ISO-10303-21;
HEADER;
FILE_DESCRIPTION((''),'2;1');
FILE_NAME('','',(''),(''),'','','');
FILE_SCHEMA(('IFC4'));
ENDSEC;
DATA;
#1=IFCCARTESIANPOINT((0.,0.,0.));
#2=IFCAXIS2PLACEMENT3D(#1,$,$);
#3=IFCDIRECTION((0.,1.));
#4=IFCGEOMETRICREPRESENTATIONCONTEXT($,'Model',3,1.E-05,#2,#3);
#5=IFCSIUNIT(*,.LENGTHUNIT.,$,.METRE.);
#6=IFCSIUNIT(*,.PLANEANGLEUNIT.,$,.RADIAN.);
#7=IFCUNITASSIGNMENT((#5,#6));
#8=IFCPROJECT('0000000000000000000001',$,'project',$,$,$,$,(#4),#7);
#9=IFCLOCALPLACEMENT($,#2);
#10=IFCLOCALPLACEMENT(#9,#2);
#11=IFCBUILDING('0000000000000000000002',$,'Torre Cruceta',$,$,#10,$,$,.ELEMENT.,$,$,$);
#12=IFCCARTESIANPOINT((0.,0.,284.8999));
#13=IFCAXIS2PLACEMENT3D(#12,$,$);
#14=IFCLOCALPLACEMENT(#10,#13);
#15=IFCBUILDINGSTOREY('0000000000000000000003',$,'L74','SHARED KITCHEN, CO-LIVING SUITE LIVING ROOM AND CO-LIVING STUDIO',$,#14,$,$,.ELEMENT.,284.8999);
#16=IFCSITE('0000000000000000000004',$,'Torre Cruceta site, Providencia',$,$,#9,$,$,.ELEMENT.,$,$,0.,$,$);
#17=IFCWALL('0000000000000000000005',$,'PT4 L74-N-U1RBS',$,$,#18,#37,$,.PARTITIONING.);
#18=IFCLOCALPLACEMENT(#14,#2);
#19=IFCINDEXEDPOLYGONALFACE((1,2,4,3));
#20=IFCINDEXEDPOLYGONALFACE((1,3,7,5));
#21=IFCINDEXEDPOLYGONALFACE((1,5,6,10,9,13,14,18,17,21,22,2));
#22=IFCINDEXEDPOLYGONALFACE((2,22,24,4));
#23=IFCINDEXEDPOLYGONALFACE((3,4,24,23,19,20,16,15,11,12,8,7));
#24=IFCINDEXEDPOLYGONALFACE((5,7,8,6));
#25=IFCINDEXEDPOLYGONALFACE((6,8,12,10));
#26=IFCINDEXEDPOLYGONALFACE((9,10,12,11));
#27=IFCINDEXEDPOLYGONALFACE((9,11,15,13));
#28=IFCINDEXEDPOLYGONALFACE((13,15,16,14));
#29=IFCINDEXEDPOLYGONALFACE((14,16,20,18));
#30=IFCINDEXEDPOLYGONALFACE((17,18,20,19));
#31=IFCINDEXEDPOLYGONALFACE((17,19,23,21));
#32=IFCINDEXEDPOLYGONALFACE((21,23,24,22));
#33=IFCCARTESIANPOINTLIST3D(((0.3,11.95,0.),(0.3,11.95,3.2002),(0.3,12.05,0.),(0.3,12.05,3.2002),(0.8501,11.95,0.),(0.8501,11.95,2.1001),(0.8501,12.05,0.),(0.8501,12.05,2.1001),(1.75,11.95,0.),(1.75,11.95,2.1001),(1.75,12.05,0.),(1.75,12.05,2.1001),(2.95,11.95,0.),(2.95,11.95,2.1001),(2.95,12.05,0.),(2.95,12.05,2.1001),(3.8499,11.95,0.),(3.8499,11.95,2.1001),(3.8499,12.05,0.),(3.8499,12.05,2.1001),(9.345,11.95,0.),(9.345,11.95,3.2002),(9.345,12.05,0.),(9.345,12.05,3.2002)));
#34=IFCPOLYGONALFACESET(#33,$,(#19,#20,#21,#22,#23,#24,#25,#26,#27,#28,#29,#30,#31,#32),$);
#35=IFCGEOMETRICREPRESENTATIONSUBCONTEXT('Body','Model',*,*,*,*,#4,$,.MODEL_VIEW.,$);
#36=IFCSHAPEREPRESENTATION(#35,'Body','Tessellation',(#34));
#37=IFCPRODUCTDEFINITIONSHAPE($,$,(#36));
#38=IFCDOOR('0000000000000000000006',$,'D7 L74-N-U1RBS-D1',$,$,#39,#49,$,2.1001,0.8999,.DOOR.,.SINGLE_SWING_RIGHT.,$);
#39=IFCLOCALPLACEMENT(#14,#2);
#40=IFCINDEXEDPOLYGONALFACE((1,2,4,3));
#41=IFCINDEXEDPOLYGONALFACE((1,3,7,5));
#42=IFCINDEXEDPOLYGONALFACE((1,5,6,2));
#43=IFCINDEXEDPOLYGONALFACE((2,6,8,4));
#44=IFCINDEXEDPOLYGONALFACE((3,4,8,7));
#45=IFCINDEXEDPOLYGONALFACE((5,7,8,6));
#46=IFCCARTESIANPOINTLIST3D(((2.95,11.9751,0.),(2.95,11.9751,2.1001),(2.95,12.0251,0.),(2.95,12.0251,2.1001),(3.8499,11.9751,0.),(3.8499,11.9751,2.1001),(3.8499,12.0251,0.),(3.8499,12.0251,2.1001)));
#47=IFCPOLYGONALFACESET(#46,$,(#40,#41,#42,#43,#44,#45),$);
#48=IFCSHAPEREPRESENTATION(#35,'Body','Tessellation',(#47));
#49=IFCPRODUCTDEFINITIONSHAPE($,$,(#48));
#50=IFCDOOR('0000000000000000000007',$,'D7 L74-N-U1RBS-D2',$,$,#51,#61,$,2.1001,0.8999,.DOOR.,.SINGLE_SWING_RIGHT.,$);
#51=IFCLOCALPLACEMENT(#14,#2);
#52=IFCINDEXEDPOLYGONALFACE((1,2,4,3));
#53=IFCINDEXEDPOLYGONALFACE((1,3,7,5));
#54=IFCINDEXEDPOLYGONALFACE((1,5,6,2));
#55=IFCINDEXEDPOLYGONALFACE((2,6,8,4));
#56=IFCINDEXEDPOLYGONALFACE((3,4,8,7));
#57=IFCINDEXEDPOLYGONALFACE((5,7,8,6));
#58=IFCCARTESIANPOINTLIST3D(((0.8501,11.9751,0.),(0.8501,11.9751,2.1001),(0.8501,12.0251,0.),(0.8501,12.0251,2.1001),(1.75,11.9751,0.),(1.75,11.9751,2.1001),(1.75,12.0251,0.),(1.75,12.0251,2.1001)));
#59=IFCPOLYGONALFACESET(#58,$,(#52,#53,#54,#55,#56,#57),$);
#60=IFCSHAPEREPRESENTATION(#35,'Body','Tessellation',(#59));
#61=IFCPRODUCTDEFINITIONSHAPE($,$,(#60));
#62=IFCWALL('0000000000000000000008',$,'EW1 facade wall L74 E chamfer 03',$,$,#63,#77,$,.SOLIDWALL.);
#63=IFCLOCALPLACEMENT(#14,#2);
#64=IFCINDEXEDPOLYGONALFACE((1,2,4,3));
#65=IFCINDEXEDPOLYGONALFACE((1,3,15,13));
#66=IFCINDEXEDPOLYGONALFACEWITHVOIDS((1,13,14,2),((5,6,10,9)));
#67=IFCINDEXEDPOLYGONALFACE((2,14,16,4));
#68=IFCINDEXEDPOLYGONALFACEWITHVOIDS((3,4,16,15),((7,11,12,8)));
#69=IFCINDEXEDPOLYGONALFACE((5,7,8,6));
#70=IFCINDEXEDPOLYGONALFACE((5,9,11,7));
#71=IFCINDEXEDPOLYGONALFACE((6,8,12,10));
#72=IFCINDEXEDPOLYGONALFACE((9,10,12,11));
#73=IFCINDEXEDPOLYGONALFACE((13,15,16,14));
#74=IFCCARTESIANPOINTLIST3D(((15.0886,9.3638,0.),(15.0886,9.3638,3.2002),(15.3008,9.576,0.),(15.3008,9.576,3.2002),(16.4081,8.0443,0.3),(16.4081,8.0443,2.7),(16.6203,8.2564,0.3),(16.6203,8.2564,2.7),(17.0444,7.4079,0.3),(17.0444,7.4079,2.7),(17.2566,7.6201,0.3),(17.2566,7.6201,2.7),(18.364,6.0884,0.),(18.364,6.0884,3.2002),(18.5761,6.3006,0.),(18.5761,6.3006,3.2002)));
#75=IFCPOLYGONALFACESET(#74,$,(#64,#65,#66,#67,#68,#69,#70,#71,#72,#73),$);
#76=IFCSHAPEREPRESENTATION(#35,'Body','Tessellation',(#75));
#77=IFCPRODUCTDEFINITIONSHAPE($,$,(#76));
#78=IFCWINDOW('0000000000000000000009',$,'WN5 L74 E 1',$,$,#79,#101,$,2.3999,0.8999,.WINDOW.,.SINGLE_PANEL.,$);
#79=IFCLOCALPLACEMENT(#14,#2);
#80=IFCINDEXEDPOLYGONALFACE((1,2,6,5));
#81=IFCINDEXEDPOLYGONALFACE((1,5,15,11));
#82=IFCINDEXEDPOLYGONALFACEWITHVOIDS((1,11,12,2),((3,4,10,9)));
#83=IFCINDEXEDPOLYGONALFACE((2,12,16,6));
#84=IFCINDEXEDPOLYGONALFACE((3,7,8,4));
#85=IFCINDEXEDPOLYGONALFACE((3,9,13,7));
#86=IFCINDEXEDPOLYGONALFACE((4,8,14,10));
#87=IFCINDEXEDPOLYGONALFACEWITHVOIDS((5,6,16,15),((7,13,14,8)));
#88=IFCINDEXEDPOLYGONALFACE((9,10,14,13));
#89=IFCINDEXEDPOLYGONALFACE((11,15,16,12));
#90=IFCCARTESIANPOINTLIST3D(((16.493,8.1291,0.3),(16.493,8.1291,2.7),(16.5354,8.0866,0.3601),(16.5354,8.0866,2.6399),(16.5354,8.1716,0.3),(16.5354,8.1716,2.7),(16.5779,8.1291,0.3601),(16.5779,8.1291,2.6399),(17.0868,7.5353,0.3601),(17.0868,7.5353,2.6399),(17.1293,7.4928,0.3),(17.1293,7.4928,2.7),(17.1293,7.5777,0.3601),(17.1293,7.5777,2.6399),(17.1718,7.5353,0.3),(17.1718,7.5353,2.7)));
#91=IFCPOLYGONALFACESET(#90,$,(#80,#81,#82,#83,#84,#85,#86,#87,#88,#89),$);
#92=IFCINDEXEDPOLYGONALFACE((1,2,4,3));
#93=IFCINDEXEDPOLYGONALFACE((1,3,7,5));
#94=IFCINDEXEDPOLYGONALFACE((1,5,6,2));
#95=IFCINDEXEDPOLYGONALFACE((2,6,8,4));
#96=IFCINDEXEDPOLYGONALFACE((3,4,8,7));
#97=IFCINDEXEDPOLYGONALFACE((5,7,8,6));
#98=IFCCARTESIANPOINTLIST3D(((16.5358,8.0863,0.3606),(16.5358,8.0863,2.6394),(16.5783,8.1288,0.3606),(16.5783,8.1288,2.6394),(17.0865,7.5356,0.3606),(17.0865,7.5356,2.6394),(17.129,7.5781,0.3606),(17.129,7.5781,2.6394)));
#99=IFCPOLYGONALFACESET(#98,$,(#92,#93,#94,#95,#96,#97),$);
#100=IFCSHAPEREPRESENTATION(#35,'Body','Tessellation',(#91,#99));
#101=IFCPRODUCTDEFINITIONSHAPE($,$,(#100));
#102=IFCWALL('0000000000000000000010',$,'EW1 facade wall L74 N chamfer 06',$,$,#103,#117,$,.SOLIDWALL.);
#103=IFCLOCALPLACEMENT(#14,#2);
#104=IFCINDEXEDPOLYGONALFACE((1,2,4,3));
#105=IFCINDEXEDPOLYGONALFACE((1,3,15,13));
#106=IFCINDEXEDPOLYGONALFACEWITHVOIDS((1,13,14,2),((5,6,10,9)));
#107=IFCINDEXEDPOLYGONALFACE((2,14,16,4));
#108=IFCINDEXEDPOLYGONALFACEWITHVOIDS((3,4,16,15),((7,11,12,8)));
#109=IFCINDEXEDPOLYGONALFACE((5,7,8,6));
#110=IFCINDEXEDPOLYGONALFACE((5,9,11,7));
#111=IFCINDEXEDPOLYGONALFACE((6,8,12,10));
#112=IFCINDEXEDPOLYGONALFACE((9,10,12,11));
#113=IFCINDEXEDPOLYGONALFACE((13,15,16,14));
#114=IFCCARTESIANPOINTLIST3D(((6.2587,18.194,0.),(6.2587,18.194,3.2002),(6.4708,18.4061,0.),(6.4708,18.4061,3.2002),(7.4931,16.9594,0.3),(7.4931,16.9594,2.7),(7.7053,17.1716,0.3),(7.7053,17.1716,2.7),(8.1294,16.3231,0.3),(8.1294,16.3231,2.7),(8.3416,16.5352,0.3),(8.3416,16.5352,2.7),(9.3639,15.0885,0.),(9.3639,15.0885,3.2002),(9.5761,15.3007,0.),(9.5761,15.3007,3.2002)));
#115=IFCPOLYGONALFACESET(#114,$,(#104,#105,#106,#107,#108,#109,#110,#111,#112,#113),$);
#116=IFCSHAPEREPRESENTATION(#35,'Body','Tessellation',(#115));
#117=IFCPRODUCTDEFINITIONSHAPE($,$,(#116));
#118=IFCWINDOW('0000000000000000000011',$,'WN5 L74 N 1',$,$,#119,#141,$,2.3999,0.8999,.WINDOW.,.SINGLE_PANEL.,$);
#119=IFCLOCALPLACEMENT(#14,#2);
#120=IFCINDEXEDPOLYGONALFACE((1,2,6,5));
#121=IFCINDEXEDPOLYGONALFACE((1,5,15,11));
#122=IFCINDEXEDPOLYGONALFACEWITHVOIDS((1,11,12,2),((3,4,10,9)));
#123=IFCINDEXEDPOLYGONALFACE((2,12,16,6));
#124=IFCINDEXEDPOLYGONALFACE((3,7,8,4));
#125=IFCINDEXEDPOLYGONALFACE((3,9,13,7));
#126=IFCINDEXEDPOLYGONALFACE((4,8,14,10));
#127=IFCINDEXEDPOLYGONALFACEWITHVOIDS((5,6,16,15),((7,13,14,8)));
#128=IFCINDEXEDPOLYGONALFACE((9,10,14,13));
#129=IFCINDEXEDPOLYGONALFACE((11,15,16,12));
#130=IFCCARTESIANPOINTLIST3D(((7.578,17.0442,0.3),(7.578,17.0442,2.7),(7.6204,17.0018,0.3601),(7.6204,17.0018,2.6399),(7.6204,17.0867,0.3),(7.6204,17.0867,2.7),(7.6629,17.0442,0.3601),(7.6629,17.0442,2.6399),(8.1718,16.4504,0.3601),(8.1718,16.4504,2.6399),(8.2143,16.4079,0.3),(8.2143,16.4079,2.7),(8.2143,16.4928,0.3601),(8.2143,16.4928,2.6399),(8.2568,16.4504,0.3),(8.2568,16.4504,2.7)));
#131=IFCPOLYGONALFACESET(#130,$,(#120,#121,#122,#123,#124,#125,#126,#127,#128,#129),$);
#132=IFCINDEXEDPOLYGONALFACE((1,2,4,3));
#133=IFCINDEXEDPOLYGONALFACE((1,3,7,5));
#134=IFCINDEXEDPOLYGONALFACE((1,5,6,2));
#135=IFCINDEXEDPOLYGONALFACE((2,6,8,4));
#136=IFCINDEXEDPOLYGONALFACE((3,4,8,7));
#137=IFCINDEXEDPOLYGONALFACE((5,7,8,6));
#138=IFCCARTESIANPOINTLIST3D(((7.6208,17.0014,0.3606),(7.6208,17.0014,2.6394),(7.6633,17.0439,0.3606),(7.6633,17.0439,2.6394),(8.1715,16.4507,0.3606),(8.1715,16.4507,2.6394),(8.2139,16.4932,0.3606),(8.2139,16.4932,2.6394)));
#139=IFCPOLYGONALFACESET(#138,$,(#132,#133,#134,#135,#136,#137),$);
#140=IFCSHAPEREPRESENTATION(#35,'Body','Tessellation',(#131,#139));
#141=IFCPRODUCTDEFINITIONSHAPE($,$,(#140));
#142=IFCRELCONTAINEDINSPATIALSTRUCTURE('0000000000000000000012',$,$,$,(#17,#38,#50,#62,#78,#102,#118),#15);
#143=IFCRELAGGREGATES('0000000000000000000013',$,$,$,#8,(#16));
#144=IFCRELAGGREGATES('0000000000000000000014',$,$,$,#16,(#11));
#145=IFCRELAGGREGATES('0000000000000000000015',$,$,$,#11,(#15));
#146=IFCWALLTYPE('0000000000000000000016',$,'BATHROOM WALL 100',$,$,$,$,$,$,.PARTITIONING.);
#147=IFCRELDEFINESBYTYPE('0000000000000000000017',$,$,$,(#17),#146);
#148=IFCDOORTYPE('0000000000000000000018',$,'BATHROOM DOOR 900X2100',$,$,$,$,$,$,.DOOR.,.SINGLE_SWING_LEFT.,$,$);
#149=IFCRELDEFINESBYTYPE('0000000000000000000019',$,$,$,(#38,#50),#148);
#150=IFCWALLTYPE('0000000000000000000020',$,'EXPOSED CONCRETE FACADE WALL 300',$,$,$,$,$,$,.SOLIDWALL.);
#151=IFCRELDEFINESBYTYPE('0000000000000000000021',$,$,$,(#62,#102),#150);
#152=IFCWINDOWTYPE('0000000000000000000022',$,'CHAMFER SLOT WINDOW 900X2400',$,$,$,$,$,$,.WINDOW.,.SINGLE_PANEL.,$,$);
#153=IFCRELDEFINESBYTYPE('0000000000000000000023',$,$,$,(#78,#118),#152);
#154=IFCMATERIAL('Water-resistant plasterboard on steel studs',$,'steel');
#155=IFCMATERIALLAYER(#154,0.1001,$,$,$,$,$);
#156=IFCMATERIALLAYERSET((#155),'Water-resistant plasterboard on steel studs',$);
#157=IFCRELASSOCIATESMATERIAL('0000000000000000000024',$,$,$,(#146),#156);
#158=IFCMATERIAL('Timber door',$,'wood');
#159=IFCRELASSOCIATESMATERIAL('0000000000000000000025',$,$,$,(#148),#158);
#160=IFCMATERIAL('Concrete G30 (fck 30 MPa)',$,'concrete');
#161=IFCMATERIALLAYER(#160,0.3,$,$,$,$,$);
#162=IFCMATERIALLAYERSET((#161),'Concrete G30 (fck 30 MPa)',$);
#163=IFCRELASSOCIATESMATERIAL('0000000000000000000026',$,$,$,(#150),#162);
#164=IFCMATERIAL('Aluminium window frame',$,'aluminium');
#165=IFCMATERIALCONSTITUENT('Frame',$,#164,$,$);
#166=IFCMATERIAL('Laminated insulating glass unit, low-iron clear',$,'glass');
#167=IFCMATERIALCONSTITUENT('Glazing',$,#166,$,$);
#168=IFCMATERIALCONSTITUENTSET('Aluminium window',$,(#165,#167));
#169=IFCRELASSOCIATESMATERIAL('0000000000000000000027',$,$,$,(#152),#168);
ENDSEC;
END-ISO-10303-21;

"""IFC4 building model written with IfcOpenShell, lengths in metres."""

from ifc_helpers import new_model, si_unit, direction, frame, frame_2d, origin, place, context, subcontext, project, spatial, rectangle, hollow_rectangle, extrude, material, layer, layer_set, constituent, constituent_set, type_object, element, fill, save


model = new_model("IFC4")

# Units and contexts
model_context = context("Model", 3, precision=1e-05, world=origin(), true_north=direction((0.0, 1.0)))
body_context = subcontext(model_context, "Body", "Model", "MODEL_VIEW")
ifc_project = project(units=[si_unit("LENGTHUNIT", "METRE"), si_unit("PLANEANGLEUNIT", "RADIAN")], contexts=[model_context])

# Site, building, storey
site_placement = place(None, origin())
site = spatial("IfcSite", under=ifc_project, at=site_placement, Name="Torre Cruceta site, Providencia", CompositionType="ELEMENT", RefElevation=0.0)
building_placement = place(site_placement, origin())
building = spatial("IfcBuilding", under=site, at=building_placement, Name="Torre Cruceta", CompositionType="ELEMENT")
storey_placement = place(building_placement, frame((0.0, 0.0, 284.8999)))
storey = spatial("IfcBuildingStorey", under=building, at=storey_placement, Name="L74", Description="SHARED KITCHEN, CO-LIVING SUITE LIVING ROOM AND CO-LIVING STUDIO", CompositionType="ELEMENT", Elevation=284.8999)

# Wall, openings, doors
ifc_material_1 = material(Name="Water-resistant plasterboard on steel studs", Category="steel")
ifc_layer_1 = layer(ifc_material_1, 0.1001)
ifc_layer_set_1 = layer_set([ifc_layer_1], Name="Water-resistant plasterboard on steel studs")
wall_type_1 = type_object("IfcWallType", Name="BATHROOM WALL 100", PredefinedType="PARTITIONING", material=ifc_layer_set_1)
wall_1_placement = place(storey_placement, frame((9.345, 12.0, 0.0), z_axis=(0.0, 0.0, 1.0), x_axis=(-1.0, 0.0, 0.0)))
wall_1 = element("IfcWall", 1, at=wall_1_placement, inside=storey, type_object=wall_type_1, Name="PT4 L74-N-U1RBS", PredefinedType="PARTITIONING", context=body_context, shape_type="SweptSolid", body=[
    extrude(rectangle(XDim=9.0449, YDim=0.1001, at=frame_2d((4.5225, 0.0))), origin(), (0.0, 0.0, 1.0), 3.2002),
])
opening_1_placement = place(wall_1_placement, frame((5.4951, 0.0, 0.0)))
opening_1 = element("IfcOpeningElement", 2, at=opening_1_placement, cuts=wall_1, PredefinedType="OPENING", context=body_context, shape_type="SweptSolid", body=[
    extrude(rectangle(XDim=0.8999, YDim=2.1001, at=frame_2d((0.45, 1.05))), frame((0.0, 0.0601, 0.0), z_axis=(0.0, -1.0, 0.0), x_axis=(1.0, 0.0, 0.0)), (0.0, 0.0, 1.0), 0.1201),
])
opening_2_placement = place(wall_1_placement, frame((7.595, 0.0, 0.0)))
opening_2 = element("IfcOpeningElement", 3, at=opening_2_placement, cuts=wall_1, PredefinedType="OPENING", context=body_context, shape_type="SweptSolid", body=[
    extrude(rectangle(XDim=0.8999, YDim=2.1001, at=frame_2d((0.45, 1.05))), frame((0.0, 0.0601, 0.0), z_axis=(0.0, -1.0, 0.0), x_axis=(1.0, 0.0, 0.0)), (0.0, 0.0, 1.0), 0.1201),
])
ifc_material_2 = material(Name="Timber door", Category="wood")
door_type_1 = type_object("IfcDoorType", Name="BATHROOM DOOR 900X2100", OperationType="SINGLE_SWING_LEFT", PredefinedType="DOOR", material=ifc_material_2)
door_1_placement = place(opening_1_placement, origin())
door_1 = element("IfcDoor", 4, at=door_1_placement, inside=storey, type_object=door_type_1, Name="D7 L74-N-U1RBS-D1", OperationType="SINGLE_SWING_RIGHT", OverallHeight=2.1001, OverallWidth=0.8999, PredefinedType="DOOR", context=body_context, shape_type="SweptSolid", body=[
    extrude(rectangle(XDim=0.8999, YDim=2.1001, at=frame_2d((0.45, 1.05))), frame((0.0, 0.0249, 0.0), z_axis=(0.0, -1.0, 0.0), x_axis=(1.0, 0.0, 0.0)), (0.0, 0.0, 1.0), 0.05),
])
fill(opening_1, door_1)
door_2_placement = place(opening_2_placement, origin())
door_2 = element("IfcDoor", 5, at=door_2_placement, inside=storey, type_object=door_type_1, Name="D7 L74-N-U1RBS-D2", OperationType="SINGLE_SWING_RIGHT", OverallHeight=2.1001, OverallWidth=0.8999, PredefinedType="DOOR", context=body_context, shape_type="SweptSolid", body=[
    extrude(rectangle(XDim=0.8999, YDim=2.1001, at=frame_2d((0.45, 1.05))), frame((0.0, 0.0249, 0.0), z_axis=(0.0, -1.0, 0.0), x_axis=(1.0, 0.0, 0.0)), (0.0, 0.0, 1.0), 0.05),
])
fill(opening_2, door_2)

# Walls, openings, windows
ifc_material_3 = material(Name="Concrete G30 (fck 30 MPa)", Category="concrete")
ifc_layer_2 = layer(ifc_material_3, 0.3)
ifc_layer_set_2 = layer_set([ifc_layer_2], Name="Concrete G30 (fck 30 MPa)")
wall_type_2 = type_object("IfcWallType", Name="EXPOSED CONCRETE FACADE WALL 300", PredefinedType="SOLIDWALL", material=ifc_layer_set_2)
wall_2_placement = place(storey_placement, frame((18.47, 6.1946, 0.0), z_axis=(0.0, 0.0, 1.0), x_axis=(-0.707107, 0.707107, 0.0)))
wall_2 = element("IfcWall", 6, at=wall_2_placement, inside=storey, type_object=wall_type_2, Name="EW1 facade wall L74 E chamfer 03", PredefinedType="SOLIDWALL", context=body_context, shape_type="SweptSolid", body=[
    extrude(rectangle(XDim=4.6321, YDim=0.3, at=frame_2d((2.3159, 0.0))), origin(), (0.0, 0.0, 1.0), 3.2002),
])
opening_3_placement = place(wall_2_placement, frame((1.866, 0.0, 0.3)))
opening_3 = element("IfcOpeningElement", 7, at=opening_3_placement, cuts=wall_2, PredefinedType="OPENING", context=body_context, shape_type="SweptSolid", body=[
    extrude(rectangle(XDim=0.8999, YDim=2.3999, at=frame_2d((0.45, 1.2))), frame((0.0, 0.1599, 0.0), z_axis=(0.0, -1.0, 0.0), x_axis=(1.0, 0.0, 0.0)), (0.0, 0.0, 1.0), 0.3201),
])
ifc_material_4 = material(Name="Aluminium window frame", Category="aluminium")
ifc_constituent_1 = constituent(ifc_material_4, Name="Frame")
ifc_material_5 = material(Name="Laminated insulating glass unit, low-iron clear", Category="glass")
ifc_constituent_2 = constituent(ifc_material_5, Name="Glazing")
ifc_constituent_set_1 = constituent_set(constituents=[ifc_constituent_1, ifc_constituent_2], Name="Aluminium window")
window_type = type_object("IfcWindowType", Name="CHAMFER SLOT WINDOW 900X2400", PartitioningType="SINGLE_PANEL", PredefinedType="WINDOW", material=ifc_constituent_set_1)
window_1_placement = place(opening_3_placement, origin())
window_1 = element("IfcWindow", 8, at=window_1_placement, inside=storey, type_object=window_type, Name="WN5 L74 E 1", OverallHeight=2.3999, OverallWidth=0.8999, PartitioningType="SINGLE_PANEL", PredefinedType="WINDOW", context=body_context, shape_type="SweptSolid", body=[
    extrude(hollow_rectangle(XDim=0.8999, YDim=2.3999, WallThickness=0.0601, at=frame_2d((0.45, 1.2))), frame((0.0, 0.03, 0.0), z_axis=(0.0, -1.0, 0.0), x_axis=(1.0, 0.0, 0.0)), (0.0, 0.0, 1.0), 0.0601),
    extrude(rectangle(XDim=0.7788, YDim=2.2788, at=frame_2d((0.45, 1.2))), frame((0.0, 0.03, 0.0), z_axis=(0.0, -1.0, 0.0), x_axis=(1.0, 0.0, 0.0)), (0.0, 0.0, 1.0), 0.0601),
])
fill(opening_3, window_1)
wall_3_placement = place(storey_placement, frame((9.47, 15.1946, 0.0), z_axis=(0.0, 0.0, 1.0), x_axis=(-0.707079, 0.707135, 0.0)))
wall_3 = element("IfcWall", 9, at=wall_3_placement, inside=storey, type_object=wall_type_2, Name="EW1 facade wall L74 N chamfer 06", PredefinedType="SOLIDWALL", context=body_context, shape_type="SweptSolid", body=[
    extrude(rectangle(XDim=4.3916, YDim=0.3, at=frame_2d((2.1958, 0.0))), origin(), (0.0, 0.0, 1.0), 3.2002),
])
opening_4_placement = place(wall_3_placement, frame((1.7458, 0.0, 0.3)))
opening_4 = element("IfcOpeningElement", 10, at=opening_4_placement, cuts=wall_3, PredefinedType="OPENING", context=body_context, shape_type="SweptSolid", body=[
    extrude(rectangle(XDim=0.8999, YDim=2.3999, at=frame_2d((0.45, 1.2))), frame((0.0, 0.1599, 0.0), z_axis=(0.0, -1.0, 0.0), x_axis=(1.0, 0.0, 0.0)), (0.0, 0.0, 1.0), 0.3201),
])
window_2_placement = place(opening_4_placement, origin())
window_2 = element("IfcWindow", 11, at=window_2_placement, inside=storey, type_object=window_type, Name="WN5 L74 N 1", OverallHeight=2.3999, OverallWidth=0.8999, PartitioningType="SINGLE_PANEL", PredefinedType="WINDOW", context=body_context, shape_type="SweptSolid", body=[
    extrude(hollow_rectangle(XDim=0.8999, YDim=2.3999, WallThickness=0.0601, at=frame_2d((0.45, 1.2))), frame((0.0, 0.03, 0.0), z_axis=(0.0, -1.0, 0.0), x_axis=(1.0, 0.0, 0.0)), (0.0, 0.0, 1.0), 0.0601),
    extrude(rectangle(XDim=0.7788, YDim=2.2788, at=frame_2d((0.45, 1.2))), frame((0.0, 0.03, 0.0), z_axis=(0.0, -1.0, 0.0), x_axis=(1.0, 0.0, 0.0)), (0.0, 0.0, 1.0), 0.0601),
])
fill(opening_4, window_2)

save(model, "model.ifc")
